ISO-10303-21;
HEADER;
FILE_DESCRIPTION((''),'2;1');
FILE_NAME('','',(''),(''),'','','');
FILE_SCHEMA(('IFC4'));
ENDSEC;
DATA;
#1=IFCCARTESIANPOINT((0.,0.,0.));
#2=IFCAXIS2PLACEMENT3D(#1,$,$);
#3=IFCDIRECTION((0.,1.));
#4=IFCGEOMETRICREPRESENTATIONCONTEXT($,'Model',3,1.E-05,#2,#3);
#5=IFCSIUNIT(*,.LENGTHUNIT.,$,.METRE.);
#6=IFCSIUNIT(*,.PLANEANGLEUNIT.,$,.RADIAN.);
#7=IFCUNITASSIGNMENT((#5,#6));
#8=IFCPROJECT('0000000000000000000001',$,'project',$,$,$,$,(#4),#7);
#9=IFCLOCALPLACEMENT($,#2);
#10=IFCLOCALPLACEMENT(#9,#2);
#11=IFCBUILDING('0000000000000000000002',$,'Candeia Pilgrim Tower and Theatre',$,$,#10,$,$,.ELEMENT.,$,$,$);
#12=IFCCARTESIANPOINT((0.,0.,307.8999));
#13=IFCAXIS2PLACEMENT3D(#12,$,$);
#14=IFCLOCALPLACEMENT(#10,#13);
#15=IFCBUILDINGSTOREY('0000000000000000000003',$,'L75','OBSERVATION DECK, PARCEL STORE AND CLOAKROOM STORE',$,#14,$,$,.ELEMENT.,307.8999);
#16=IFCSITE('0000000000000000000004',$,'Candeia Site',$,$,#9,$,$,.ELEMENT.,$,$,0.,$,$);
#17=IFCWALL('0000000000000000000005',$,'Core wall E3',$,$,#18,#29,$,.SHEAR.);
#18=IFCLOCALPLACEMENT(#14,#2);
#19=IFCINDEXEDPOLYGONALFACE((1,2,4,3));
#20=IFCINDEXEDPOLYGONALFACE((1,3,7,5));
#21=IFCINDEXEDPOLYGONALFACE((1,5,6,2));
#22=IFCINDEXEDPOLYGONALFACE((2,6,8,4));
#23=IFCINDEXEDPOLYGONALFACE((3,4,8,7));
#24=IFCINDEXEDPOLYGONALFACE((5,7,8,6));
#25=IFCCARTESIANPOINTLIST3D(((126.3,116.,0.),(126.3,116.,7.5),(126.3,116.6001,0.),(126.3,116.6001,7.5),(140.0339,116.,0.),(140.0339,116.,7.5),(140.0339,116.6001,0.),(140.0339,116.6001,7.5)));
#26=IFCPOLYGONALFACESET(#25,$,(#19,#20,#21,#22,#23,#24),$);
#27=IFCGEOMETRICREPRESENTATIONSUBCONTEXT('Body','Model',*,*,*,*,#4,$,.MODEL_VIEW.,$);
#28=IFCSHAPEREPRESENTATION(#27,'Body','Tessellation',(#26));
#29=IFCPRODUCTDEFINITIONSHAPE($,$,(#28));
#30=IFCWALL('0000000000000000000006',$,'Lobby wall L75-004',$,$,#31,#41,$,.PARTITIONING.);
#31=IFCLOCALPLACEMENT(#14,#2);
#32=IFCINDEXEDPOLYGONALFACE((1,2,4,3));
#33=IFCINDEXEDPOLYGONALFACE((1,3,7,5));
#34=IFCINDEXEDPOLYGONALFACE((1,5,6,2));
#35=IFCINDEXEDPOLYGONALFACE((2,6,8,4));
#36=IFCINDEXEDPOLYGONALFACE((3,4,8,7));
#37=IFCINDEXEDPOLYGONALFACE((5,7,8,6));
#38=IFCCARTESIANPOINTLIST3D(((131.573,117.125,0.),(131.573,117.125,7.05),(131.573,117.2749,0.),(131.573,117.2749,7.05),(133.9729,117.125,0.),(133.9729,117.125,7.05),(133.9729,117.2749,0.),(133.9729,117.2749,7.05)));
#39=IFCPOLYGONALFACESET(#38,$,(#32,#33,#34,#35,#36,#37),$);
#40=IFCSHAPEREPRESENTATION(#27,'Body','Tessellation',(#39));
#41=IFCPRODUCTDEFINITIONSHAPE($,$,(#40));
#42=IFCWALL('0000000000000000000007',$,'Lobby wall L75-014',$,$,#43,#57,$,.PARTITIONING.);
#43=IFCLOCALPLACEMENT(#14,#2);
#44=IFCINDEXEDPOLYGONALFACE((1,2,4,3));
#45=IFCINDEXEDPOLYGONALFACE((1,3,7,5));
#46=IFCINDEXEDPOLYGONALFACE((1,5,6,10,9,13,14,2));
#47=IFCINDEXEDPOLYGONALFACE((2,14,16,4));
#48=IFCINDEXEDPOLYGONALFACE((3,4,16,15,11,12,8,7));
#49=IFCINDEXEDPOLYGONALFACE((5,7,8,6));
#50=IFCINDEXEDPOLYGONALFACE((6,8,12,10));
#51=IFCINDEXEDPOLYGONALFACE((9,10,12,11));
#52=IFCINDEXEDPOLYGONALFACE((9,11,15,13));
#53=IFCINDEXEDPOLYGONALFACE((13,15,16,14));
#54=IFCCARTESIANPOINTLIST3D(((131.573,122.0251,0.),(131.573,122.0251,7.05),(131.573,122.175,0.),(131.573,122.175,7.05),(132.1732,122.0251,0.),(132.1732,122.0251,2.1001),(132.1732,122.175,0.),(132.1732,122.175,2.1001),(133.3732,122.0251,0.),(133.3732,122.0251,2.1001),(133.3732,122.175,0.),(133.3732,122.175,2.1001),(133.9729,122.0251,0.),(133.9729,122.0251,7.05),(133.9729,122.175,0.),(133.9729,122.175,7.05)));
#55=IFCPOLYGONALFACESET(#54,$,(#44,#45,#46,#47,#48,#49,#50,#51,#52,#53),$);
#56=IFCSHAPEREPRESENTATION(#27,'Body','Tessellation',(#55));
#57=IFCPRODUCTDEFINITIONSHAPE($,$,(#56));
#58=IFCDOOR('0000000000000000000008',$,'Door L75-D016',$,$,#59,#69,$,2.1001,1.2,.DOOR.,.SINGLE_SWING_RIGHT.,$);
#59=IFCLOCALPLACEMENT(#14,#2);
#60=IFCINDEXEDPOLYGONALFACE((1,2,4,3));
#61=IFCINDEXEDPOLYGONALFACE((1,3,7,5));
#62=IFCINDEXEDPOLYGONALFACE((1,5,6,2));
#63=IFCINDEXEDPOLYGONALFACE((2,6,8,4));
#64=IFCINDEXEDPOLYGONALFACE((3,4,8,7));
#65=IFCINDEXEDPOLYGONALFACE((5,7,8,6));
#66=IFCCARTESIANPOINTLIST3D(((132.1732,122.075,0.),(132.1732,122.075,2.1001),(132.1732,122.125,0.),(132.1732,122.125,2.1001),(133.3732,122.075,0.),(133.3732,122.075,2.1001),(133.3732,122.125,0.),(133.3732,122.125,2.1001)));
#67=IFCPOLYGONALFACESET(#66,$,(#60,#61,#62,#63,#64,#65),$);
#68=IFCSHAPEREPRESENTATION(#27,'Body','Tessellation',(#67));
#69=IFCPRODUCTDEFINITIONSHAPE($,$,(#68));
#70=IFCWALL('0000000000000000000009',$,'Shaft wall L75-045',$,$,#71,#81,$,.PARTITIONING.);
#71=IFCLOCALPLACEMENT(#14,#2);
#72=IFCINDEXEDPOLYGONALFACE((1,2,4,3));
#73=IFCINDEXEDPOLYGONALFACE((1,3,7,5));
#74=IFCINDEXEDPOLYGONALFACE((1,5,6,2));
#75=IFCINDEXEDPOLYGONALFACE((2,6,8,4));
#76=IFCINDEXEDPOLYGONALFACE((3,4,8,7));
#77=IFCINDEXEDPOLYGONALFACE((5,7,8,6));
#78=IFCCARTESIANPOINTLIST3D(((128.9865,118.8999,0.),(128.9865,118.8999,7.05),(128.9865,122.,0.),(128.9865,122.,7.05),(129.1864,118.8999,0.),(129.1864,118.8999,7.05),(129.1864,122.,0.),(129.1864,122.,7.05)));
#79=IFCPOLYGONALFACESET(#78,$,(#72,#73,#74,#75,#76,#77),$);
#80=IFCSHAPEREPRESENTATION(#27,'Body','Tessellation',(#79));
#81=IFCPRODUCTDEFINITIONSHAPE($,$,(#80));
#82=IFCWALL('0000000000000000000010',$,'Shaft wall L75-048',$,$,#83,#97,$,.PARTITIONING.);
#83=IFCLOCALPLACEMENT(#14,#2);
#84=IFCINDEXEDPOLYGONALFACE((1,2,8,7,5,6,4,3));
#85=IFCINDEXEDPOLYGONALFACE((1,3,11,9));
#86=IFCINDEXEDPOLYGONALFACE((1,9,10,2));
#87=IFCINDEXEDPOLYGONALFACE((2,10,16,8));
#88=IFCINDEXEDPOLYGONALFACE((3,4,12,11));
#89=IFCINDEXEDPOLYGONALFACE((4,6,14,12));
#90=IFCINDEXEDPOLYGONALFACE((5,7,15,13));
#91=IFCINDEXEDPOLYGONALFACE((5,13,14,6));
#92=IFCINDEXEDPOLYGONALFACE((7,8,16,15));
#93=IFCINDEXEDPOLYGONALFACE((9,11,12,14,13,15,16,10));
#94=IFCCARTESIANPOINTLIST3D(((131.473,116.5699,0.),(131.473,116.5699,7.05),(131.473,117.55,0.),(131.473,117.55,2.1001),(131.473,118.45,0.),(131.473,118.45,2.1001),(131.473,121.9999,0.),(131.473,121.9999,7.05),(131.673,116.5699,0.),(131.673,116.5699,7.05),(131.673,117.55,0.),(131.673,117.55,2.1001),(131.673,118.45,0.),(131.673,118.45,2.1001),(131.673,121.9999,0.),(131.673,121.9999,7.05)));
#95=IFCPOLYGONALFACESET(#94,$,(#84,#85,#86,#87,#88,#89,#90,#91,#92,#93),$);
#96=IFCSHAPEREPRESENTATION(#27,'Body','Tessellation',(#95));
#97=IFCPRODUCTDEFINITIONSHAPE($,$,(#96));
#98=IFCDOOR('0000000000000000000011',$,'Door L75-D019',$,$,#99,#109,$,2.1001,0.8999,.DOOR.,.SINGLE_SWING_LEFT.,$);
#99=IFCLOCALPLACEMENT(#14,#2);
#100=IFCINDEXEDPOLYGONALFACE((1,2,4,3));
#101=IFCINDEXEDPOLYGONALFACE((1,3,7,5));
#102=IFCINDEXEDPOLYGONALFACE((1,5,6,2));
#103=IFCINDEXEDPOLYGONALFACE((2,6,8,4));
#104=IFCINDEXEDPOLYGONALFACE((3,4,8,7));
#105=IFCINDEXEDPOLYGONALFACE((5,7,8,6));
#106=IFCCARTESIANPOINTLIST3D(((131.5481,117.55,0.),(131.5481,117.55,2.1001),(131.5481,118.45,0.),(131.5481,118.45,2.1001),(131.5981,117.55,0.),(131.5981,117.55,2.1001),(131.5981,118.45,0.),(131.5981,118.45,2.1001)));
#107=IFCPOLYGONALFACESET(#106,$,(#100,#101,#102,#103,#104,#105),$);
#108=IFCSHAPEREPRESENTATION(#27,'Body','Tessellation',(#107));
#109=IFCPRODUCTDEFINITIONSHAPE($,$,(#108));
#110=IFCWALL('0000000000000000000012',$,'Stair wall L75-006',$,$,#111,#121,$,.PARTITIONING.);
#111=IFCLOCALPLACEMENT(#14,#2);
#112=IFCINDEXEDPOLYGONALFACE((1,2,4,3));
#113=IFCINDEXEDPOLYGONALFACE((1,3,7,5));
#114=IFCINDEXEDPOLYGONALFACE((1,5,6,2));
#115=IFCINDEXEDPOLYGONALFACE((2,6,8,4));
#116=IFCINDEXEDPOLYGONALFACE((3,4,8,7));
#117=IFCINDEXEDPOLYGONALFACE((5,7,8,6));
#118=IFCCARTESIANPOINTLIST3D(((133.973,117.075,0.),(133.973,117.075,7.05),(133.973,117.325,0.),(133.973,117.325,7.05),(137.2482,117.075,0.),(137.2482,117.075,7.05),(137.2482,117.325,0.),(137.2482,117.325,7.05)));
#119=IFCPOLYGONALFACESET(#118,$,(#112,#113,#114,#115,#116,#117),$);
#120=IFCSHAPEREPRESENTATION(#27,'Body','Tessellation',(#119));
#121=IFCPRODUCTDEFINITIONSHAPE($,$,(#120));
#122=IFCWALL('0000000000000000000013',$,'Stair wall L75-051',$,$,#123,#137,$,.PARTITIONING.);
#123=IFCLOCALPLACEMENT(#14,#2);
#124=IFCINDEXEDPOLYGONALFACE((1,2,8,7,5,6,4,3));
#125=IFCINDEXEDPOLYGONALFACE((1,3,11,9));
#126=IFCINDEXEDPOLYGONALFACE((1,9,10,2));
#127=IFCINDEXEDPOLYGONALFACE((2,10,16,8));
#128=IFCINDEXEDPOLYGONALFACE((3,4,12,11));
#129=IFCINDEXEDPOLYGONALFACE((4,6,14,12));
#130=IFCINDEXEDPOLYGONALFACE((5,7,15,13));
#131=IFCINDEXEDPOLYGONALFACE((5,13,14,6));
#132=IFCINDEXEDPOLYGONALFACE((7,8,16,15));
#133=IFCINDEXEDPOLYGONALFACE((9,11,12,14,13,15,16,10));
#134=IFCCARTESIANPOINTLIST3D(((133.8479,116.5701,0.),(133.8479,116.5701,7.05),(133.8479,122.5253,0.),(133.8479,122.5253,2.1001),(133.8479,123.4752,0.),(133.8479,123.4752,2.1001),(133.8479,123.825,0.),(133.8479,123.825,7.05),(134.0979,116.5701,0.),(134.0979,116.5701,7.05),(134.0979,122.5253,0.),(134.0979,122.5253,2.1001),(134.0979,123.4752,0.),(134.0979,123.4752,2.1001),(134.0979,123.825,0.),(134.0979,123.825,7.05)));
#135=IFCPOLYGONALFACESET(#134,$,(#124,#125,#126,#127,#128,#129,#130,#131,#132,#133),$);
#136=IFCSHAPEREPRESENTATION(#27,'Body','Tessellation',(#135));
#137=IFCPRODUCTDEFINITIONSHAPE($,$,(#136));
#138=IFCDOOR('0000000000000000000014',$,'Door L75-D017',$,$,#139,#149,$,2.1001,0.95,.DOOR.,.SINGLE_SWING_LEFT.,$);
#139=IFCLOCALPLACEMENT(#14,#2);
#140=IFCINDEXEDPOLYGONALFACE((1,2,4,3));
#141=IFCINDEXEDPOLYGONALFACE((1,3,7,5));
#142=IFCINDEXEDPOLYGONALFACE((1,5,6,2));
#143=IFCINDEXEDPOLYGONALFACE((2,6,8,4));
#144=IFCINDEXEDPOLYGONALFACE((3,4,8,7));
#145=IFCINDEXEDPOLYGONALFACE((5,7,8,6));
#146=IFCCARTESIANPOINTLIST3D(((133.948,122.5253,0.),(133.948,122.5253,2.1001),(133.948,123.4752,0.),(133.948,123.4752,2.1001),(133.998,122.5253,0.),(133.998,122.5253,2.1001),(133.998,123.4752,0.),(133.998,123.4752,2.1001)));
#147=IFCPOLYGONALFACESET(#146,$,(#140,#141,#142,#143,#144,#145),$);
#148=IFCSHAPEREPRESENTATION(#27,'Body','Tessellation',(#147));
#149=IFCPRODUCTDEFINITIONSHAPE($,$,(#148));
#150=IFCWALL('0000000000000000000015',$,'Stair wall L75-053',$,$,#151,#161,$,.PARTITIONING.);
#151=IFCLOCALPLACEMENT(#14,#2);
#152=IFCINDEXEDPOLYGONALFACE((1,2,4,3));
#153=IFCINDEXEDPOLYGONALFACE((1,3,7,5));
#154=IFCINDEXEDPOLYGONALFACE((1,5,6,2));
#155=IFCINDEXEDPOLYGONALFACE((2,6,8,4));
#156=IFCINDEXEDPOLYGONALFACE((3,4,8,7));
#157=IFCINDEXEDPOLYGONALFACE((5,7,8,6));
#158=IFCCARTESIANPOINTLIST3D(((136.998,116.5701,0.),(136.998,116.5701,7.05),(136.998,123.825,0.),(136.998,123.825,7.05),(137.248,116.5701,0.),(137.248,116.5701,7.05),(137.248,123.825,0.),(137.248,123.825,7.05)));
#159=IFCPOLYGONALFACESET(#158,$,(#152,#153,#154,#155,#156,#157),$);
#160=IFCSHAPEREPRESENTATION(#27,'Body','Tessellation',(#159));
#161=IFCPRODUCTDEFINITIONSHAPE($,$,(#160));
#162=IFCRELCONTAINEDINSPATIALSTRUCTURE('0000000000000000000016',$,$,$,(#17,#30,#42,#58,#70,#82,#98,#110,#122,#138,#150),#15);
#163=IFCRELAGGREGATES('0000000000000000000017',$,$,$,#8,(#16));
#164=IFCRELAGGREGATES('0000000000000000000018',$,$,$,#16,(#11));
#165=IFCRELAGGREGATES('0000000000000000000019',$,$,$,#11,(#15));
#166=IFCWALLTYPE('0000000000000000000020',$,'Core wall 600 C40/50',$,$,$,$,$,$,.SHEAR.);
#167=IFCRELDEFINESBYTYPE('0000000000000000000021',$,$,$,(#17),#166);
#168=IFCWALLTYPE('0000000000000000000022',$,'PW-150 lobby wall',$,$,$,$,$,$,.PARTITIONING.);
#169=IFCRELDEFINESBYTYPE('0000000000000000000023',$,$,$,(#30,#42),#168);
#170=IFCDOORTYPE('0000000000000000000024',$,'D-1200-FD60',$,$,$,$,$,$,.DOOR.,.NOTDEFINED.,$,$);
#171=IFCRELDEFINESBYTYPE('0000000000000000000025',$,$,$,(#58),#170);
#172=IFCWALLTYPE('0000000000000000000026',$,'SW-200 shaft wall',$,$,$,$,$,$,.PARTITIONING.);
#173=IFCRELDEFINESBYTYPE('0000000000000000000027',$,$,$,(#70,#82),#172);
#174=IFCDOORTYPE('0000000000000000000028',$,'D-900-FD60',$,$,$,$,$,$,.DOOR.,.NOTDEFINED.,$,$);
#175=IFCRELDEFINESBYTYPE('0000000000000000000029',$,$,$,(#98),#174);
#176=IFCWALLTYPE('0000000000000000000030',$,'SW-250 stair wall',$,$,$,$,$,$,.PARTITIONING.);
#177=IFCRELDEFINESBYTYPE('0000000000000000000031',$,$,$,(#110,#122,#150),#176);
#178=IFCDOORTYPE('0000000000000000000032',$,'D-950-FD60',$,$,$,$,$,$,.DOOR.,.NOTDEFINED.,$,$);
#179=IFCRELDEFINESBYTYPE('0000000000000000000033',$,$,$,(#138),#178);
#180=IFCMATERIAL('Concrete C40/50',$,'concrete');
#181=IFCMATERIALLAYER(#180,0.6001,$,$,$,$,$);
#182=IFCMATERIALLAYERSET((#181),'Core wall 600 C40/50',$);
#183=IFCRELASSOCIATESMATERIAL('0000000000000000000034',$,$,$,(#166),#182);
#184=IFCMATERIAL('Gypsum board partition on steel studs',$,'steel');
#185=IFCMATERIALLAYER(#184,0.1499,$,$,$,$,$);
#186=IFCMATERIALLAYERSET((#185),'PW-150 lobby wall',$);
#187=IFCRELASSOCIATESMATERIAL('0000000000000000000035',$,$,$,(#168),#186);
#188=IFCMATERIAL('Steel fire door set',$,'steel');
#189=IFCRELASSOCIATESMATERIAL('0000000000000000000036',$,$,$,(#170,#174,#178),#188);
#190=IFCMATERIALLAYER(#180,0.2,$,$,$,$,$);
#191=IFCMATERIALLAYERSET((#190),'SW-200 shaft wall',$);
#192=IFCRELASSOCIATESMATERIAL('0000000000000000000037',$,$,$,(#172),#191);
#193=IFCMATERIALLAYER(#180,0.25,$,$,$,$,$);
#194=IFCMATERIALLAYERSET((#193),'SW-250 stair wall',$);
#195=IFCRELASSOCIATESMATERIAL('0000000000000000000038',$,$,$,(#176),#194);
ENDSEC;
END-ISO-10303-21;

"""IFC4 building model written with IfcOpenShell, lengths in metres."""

from ifc_helpers import new_model, si_unit, direction, frame, frame_2d, origin, place, context, subcontext, project, spatial, rectangle, extrude, material, layer, layer_set, type_object, element, fill, save


model = new_model("IFC4")

# Units and contexts
model_context = context("Model", 3, precision=1e-05, world=origin(), true_north=direction((0.0, 1.0)))
body_context = subcontext(model_context, "Body", "Model", "MODEL_VIEW")
ifc_project = project(units=[si_unit("LENGTHUNIT", "METRE"), si_unit("PLANEANGLEUNIT", "RADIAN")], contexts=[model_context])

# Site, building, storey
site_placement = place(None, origin())
site = spatial("IfcSite", under=ifc_project, at=site_placement, Name="Candeia Site", CompositionType="ELEMENT", RefElevation=0.0)
building_placement = place(site_placement, origin())
building = spatial("IfcBuilding", under=site, at=building_placement, Name="Candeia Pilgrim Tower and Theatre", CompositionType="ELEMENT")
storey_placement = place(building_placement, frame((0.0, 0.0, 307.8999)))
storey = spatial("IfcBuildingStorey", under=building, at=storey_placement, Name="L75", Description="OBSERVATION DECK, PARCEL STORE AND CLOAKROOM STORE", CompositionType="ELEMENT", Elevation=307.8999)

# Walls
ifc_material_1 = material(Name="Concrete C40/50", Category="concrete")
ifc_layer_1 = layer(ifc_material_1, 0.6001)
ifc_layer_set_1 = layer_set([ifc_layer_1], Name="Core wall 600 C40/50")
wall_type_1 = type_object("IfcWallType", Name="Core wall 600 C40/50", PredefinedType="SHEAR", material=ifc_layer_set_1)
wall_1_placement = place(storey_placement, frame((140.0339, 116.3, 0.0), z_axis=(0.0, 0.0, 1.0), x_axis=(-1.0, 0.0, 0.0)))
element("IfcWall", 1, at=wall_1_placement, inside=storey, type_object=wall_type_1, Name="Core wall E3", PredefinedType="SHEAR", context=body_context, shape_type="SweptSolid", body=[
    extrude(rectangle(XDim=13.7339, YDim=0.6001, at=frame_2d((6.8669, 0.0))), origin(), (0.0, 0.0, 1.0), 7.5),
])
ifc_material_2 = material(Name="Gypsum board partition on steel studs", Category="steel")
ifc_layer_2 = layer(ifc_material_2, 0.1499)
ifc_layer_set_2 = layer_set([ifc_layer_2], Name="PW-150 lobby wall")
wall_type_2 = type_object("IfcWallType", Name="PW-150 lobby wall", PredefinedType="PARTITIONING", material=ifc_layer_set_2)
wall_2_placement = place(storey_placement, frame((131.573, 117.2, 0.0), z_axis=(0.0, 0.0, 1.0), x_axis=(1.0, 0.0, 0.0)))
element("IfcWall", 2, at=wall_2_placement, inside=storey, type_object=wall_type_2, Name="Lobby wall L75-004", PredefinedType="PARTITIONING", context=body_context, shape_type="SweptSolid", body=[
    extrude(rectangle(XDim=2.3999, YDim=0.1499, at=frame_2d((1.2, 0.0))), origin(), (0.0, 0.0, 1.0), 7.05),
])

# Wall, opening, door
wall_3_placement = place(storey_placement, frame((131.573, 122.1001, 0.0), z_axis=(0.0, 0.0, 1.0), x_axis=(1.0, 0.0, 0.0)))
wall_3 = element("IfcWall", 3, at=wall_3_placement, inside=storey, type_object=wall_type_2, Name="Lobby wall L75-014", PredefinedType="PARTITIONING", context=body_context, shape_type="SweptSolid", body=[
    extrude(rectangle(XDim=2.3999, YDim=0.1499, at=frame_2d((1.2, 0.0))), origin(), (0.0, 0.0, 1.0), 7.05),
])
opening_1_placement = place(wall_3_placement, frame((0.6001, 0.0, 0.0)))
opening_1 = element("IfcOpeningElement", 4, at=opening_1_placement, cuts=wall_3, PredefinedType="OPENING", context=body_context, shape_type="SweptSolid", body=[
    extrude(rectangle(XDim=1.2, YDim=2.1001, at=frame_2d((0.6001, 1.05))), frame((0.0, 0.085, 0.0), z_axis=(0.0, -1.0, 0.0), x_axis=(1.0, 0.0, 0.0)), (0.0, 0.0, 1.0), 0.1699),
])
ifc_material_3 = material(Name="Steel fire door set", Category="steel")
door_type_1 = type_object("IfcDoorType", Name="D-1200-FD60", OperationType="NOTDEFINED", PredefinedType="DOOR", material=ifc_material_3)
door_1_placement = place(opening_1_placement, origin())
door_1 = element("IfcDoor", 5, at=door_1_placement, inside=storey, type_object=door_type_1, Name="Door L75-D016", OperationType="SINGLE_SWING_RIGHT", OverallHeight=2.1001, OverallWidth=1.2, PredefinedType="DOOR", context=body_context, shape_type="SweptSolid", body=[
    extrude(rectangle(XDim=1.2, YDim=2.1001, at=frame_2d((0.6001, 1.05))), frame((0.0, 0.0249, 0.0), z_axis=(0.0, -1.0, 0.0), x_axis=(1.0, 0.0, 0.0)), (0.0, 0.0, 1.0), 0.05),
])
fill(opening_1, door_1)

# Wall
ifc_layer_3 = layer(ifc_material_1, 0.2)
ifc_layer_set_3 = layer_set([ifc_layer_3], Name="SW-200 shaft wall")
wall_type_3 = type_object("IfcWallType", Name="SW-200 shaft wall", PredefinedType="PARTITIONING", material=ifc_layer_set_3)
wall_4_placement = place(storey_placement, frame((129.0864, 118.8999, 0.0), z_axis=(0.0, 0.0, 1.0), x_axis=(0.0, 1.0, 0.0)))
element("IfcWall", 6, at=wall_4_placement, inside=storey, type_object=wall_type_3, Name="Shaft wall L75-045", PredefinedType="PARTITIONING", context=body_context, shape_type="SweptSolid", body=[
    extrude(rectangle(XDim=3.1001, YDim=0.2, at=frame_2d((1.55, 0.0))), origin(), (0.0, 0.0, 1.0), 7.05),
])

# Wall, opening, door
wall_5_placement = place(storey_placement, frame((131.573, 116.5701, 0.0), z_axis=(0.0, 0.0, 1.0), x_axis=(0.0, 1.0, 0.0)))
wall_5 = element("IfcWall", 7, at=wall_5_placement, inside=storey, type_object=wall_type_3, Name="Shaft wall L75-048", PredefinedType="PARTITIONING", context=body_context, shape_type="SweptSolid", body=[
    extrude(rectangle(XDim=5.4299, YDim=0.2, at=frame_2d((2.7148, 0.0))), origin(), (0.0, 0.0, 1.0), 7.05),
])
opening_2_placement = place(wall_5_placement, frame((0.98, 0.0, 0.0)))
opening_2 = element("IfcOpeningElement", 8, at=opening_2_placement, cuts=wall_5, PredefinedType="OPENING", context=body_context, shape_type="SweptSolid", body=[
    extrude(rectangle(XDim=0.8999, YDim=2.1001, at=frame_2d((0.45, 1.05))), frame((0.0, 0.1099, 0.0), z_axis=(0.0, -1.0, 0.0), x_axis=(1.0, 0.0, 0.0)), (0.0, 0.0, 1.0), 0.22),
])
door_type_2 = type_object("IfcDoorType", Name="D-900-FD60", OperationType="NOTDEFINED", PredefinedType="DOOR", material=ifc_material_3)
door_2_placement = place(opening_2_placement, origin())
door_2 = element("IfcDoor", 9, at=door_2_placement, inside=storey, type_object=door_type_2, Name="Door L75-D019", OperationType="SINGLE_SWING_LEFT", OverallHeight=2.1001, OverallWidth=0.8999, PredefinedType="DOOR", context=body_context, shape_type="SweptSolid", body=[
    extrude(rectangle(XDim=0.8999, YDim=2.1001, at=frame_2d((0.45, 1.05))), frame((0.0, 0.0249, 0.0), z_axis=(0.0, -1.0, 0.0), x_axis=(1.0, 0.0, 0.0)), (0.0, 0.0, 1.0), 0.05),
])
fill(opening_2, door_2)

# Wall
ifc_layer_4 = layer(ifc_material_1, 0.25)
ifc_layer_set_4 = layer_set([ifc_layer_4], Name="SW-250 stair wall")
wall_type_4 = type_object("IfcWallType", Name="SW-250 stair wall", PredefinedType="PARTITIONING", material=ifc_layer_set_4)
wall_6_placement = place(storey_placement, frame((133.9729, 117.2, 0.0), z_axis=(0.0, 0.0, 1.0), x_axis=(1.0, 0.0, 0.0)))
element("IfcWall", 10, at=wall_6_placement, inside=storey, type_object=wall_type_4, Name="Stair wall L75-006", PredefinedType="PARTITIONING", context=body_context, shape_type="SweptSolid", body=[
    extrude(rectangle(XDim=3.2751, YDim=0.25, at=frame_2d((1.6377, 0.0))), origin(), (0.0, 0.0, 1.0), 7.05),
])

# Wall, opening, door
wall_7_placement = place(storey_placement, frame((133.9729, 116.5701, 0.0), z_axis=(0.0, 0.0, 1.0), x_axis=(0.0, 1.0, 0.0)))
wall_7 = element("IfcWall", 11, at=wall_7_placement, inside=storey, type_object=wall_type_4, Name="Stair wall L75-051", PredefinedType="PARTITIONING", context=body_context, shape_type="SweptSolid", body=[
    extrude(rectangle(XDim=7.2549, YDim=0.25, at=frame_2d((3.6274, 0.0))), origin(), (0.0, 0.0, 1.0), 7.05),
])
opening_3_placement = place(wall_7_placement, frame((5.9551, 0.0, 0.0)))
opening_3 = element("IfcOpeningElement", 12, at=opening_3_placement, cuts=wall_7, PredefinedType="OPENING", context=body_context, shape_type="SweptSolid", body=[
    extrude(rectangle(XDim=0.95, YDim=2.1001, at=frame_2d((0.4751, 1.05))), frame((0.0, 0.135, 0.0), z_axis=(0.0, -1.0, 0.0), x_axis=(1.0, 0.0, 0.0)), (0.0, 0.0, 1.0), 0.27),
])
door_type_3 = type_object("IfcDoorType", Name="D-950-FD60", OperationType="NOTDEFINED", PredefinedType="DOOR", material=ifc_material_3)
door_3_placement = place(opening_3_placement, origin())
door_3 = element("IfcDoor", 13, at=door_3_placement, inside=storey, type_object=door_type_3, Name="Door L75-D017", OperationType="SINGLE_SWING_LEFT", OverallHeight=2.1001, OverallWidth=0.95, PredefinedType="DOOR", context=body_context, shape_type="SweptSolid", body=[
    extrude(rectangle(XDim=0.95, YDim=2.1001, at=frame_2d((0.4751, 1.05))), frame((0.0, 0.0249, 0.0), z_axis=(0.0, -1.0, 0.0), x_axis=(1.0, 0.0, 0.0)), (0.0, 0.0, 1.0), 0.05),
])
fill(opening_3, door_3)

# Wall
wall_8_placement = place(storey_placement, frame((137.123, 116.5701, 0.0), z_axis=(0.0, 0.0, 1.0), x_axis=(0.0, 1.0, 0.0)))
element("IfcWall", 14, at=wall_8_placement, inside=storey, type_object=wall_type_4, Name="Stair wall L75-053", PredefinedType="PARTITIONING", context=body_context, shape_type="SweptSolid", body=[
    extrude(rectangle(XDim=7.2549, YDim=0.25, at=frame_2d((3.6274, 0.0))), origin(), (0.0, 0.0, 1.0), 7.05),
])

save(model, "model.ifc")
